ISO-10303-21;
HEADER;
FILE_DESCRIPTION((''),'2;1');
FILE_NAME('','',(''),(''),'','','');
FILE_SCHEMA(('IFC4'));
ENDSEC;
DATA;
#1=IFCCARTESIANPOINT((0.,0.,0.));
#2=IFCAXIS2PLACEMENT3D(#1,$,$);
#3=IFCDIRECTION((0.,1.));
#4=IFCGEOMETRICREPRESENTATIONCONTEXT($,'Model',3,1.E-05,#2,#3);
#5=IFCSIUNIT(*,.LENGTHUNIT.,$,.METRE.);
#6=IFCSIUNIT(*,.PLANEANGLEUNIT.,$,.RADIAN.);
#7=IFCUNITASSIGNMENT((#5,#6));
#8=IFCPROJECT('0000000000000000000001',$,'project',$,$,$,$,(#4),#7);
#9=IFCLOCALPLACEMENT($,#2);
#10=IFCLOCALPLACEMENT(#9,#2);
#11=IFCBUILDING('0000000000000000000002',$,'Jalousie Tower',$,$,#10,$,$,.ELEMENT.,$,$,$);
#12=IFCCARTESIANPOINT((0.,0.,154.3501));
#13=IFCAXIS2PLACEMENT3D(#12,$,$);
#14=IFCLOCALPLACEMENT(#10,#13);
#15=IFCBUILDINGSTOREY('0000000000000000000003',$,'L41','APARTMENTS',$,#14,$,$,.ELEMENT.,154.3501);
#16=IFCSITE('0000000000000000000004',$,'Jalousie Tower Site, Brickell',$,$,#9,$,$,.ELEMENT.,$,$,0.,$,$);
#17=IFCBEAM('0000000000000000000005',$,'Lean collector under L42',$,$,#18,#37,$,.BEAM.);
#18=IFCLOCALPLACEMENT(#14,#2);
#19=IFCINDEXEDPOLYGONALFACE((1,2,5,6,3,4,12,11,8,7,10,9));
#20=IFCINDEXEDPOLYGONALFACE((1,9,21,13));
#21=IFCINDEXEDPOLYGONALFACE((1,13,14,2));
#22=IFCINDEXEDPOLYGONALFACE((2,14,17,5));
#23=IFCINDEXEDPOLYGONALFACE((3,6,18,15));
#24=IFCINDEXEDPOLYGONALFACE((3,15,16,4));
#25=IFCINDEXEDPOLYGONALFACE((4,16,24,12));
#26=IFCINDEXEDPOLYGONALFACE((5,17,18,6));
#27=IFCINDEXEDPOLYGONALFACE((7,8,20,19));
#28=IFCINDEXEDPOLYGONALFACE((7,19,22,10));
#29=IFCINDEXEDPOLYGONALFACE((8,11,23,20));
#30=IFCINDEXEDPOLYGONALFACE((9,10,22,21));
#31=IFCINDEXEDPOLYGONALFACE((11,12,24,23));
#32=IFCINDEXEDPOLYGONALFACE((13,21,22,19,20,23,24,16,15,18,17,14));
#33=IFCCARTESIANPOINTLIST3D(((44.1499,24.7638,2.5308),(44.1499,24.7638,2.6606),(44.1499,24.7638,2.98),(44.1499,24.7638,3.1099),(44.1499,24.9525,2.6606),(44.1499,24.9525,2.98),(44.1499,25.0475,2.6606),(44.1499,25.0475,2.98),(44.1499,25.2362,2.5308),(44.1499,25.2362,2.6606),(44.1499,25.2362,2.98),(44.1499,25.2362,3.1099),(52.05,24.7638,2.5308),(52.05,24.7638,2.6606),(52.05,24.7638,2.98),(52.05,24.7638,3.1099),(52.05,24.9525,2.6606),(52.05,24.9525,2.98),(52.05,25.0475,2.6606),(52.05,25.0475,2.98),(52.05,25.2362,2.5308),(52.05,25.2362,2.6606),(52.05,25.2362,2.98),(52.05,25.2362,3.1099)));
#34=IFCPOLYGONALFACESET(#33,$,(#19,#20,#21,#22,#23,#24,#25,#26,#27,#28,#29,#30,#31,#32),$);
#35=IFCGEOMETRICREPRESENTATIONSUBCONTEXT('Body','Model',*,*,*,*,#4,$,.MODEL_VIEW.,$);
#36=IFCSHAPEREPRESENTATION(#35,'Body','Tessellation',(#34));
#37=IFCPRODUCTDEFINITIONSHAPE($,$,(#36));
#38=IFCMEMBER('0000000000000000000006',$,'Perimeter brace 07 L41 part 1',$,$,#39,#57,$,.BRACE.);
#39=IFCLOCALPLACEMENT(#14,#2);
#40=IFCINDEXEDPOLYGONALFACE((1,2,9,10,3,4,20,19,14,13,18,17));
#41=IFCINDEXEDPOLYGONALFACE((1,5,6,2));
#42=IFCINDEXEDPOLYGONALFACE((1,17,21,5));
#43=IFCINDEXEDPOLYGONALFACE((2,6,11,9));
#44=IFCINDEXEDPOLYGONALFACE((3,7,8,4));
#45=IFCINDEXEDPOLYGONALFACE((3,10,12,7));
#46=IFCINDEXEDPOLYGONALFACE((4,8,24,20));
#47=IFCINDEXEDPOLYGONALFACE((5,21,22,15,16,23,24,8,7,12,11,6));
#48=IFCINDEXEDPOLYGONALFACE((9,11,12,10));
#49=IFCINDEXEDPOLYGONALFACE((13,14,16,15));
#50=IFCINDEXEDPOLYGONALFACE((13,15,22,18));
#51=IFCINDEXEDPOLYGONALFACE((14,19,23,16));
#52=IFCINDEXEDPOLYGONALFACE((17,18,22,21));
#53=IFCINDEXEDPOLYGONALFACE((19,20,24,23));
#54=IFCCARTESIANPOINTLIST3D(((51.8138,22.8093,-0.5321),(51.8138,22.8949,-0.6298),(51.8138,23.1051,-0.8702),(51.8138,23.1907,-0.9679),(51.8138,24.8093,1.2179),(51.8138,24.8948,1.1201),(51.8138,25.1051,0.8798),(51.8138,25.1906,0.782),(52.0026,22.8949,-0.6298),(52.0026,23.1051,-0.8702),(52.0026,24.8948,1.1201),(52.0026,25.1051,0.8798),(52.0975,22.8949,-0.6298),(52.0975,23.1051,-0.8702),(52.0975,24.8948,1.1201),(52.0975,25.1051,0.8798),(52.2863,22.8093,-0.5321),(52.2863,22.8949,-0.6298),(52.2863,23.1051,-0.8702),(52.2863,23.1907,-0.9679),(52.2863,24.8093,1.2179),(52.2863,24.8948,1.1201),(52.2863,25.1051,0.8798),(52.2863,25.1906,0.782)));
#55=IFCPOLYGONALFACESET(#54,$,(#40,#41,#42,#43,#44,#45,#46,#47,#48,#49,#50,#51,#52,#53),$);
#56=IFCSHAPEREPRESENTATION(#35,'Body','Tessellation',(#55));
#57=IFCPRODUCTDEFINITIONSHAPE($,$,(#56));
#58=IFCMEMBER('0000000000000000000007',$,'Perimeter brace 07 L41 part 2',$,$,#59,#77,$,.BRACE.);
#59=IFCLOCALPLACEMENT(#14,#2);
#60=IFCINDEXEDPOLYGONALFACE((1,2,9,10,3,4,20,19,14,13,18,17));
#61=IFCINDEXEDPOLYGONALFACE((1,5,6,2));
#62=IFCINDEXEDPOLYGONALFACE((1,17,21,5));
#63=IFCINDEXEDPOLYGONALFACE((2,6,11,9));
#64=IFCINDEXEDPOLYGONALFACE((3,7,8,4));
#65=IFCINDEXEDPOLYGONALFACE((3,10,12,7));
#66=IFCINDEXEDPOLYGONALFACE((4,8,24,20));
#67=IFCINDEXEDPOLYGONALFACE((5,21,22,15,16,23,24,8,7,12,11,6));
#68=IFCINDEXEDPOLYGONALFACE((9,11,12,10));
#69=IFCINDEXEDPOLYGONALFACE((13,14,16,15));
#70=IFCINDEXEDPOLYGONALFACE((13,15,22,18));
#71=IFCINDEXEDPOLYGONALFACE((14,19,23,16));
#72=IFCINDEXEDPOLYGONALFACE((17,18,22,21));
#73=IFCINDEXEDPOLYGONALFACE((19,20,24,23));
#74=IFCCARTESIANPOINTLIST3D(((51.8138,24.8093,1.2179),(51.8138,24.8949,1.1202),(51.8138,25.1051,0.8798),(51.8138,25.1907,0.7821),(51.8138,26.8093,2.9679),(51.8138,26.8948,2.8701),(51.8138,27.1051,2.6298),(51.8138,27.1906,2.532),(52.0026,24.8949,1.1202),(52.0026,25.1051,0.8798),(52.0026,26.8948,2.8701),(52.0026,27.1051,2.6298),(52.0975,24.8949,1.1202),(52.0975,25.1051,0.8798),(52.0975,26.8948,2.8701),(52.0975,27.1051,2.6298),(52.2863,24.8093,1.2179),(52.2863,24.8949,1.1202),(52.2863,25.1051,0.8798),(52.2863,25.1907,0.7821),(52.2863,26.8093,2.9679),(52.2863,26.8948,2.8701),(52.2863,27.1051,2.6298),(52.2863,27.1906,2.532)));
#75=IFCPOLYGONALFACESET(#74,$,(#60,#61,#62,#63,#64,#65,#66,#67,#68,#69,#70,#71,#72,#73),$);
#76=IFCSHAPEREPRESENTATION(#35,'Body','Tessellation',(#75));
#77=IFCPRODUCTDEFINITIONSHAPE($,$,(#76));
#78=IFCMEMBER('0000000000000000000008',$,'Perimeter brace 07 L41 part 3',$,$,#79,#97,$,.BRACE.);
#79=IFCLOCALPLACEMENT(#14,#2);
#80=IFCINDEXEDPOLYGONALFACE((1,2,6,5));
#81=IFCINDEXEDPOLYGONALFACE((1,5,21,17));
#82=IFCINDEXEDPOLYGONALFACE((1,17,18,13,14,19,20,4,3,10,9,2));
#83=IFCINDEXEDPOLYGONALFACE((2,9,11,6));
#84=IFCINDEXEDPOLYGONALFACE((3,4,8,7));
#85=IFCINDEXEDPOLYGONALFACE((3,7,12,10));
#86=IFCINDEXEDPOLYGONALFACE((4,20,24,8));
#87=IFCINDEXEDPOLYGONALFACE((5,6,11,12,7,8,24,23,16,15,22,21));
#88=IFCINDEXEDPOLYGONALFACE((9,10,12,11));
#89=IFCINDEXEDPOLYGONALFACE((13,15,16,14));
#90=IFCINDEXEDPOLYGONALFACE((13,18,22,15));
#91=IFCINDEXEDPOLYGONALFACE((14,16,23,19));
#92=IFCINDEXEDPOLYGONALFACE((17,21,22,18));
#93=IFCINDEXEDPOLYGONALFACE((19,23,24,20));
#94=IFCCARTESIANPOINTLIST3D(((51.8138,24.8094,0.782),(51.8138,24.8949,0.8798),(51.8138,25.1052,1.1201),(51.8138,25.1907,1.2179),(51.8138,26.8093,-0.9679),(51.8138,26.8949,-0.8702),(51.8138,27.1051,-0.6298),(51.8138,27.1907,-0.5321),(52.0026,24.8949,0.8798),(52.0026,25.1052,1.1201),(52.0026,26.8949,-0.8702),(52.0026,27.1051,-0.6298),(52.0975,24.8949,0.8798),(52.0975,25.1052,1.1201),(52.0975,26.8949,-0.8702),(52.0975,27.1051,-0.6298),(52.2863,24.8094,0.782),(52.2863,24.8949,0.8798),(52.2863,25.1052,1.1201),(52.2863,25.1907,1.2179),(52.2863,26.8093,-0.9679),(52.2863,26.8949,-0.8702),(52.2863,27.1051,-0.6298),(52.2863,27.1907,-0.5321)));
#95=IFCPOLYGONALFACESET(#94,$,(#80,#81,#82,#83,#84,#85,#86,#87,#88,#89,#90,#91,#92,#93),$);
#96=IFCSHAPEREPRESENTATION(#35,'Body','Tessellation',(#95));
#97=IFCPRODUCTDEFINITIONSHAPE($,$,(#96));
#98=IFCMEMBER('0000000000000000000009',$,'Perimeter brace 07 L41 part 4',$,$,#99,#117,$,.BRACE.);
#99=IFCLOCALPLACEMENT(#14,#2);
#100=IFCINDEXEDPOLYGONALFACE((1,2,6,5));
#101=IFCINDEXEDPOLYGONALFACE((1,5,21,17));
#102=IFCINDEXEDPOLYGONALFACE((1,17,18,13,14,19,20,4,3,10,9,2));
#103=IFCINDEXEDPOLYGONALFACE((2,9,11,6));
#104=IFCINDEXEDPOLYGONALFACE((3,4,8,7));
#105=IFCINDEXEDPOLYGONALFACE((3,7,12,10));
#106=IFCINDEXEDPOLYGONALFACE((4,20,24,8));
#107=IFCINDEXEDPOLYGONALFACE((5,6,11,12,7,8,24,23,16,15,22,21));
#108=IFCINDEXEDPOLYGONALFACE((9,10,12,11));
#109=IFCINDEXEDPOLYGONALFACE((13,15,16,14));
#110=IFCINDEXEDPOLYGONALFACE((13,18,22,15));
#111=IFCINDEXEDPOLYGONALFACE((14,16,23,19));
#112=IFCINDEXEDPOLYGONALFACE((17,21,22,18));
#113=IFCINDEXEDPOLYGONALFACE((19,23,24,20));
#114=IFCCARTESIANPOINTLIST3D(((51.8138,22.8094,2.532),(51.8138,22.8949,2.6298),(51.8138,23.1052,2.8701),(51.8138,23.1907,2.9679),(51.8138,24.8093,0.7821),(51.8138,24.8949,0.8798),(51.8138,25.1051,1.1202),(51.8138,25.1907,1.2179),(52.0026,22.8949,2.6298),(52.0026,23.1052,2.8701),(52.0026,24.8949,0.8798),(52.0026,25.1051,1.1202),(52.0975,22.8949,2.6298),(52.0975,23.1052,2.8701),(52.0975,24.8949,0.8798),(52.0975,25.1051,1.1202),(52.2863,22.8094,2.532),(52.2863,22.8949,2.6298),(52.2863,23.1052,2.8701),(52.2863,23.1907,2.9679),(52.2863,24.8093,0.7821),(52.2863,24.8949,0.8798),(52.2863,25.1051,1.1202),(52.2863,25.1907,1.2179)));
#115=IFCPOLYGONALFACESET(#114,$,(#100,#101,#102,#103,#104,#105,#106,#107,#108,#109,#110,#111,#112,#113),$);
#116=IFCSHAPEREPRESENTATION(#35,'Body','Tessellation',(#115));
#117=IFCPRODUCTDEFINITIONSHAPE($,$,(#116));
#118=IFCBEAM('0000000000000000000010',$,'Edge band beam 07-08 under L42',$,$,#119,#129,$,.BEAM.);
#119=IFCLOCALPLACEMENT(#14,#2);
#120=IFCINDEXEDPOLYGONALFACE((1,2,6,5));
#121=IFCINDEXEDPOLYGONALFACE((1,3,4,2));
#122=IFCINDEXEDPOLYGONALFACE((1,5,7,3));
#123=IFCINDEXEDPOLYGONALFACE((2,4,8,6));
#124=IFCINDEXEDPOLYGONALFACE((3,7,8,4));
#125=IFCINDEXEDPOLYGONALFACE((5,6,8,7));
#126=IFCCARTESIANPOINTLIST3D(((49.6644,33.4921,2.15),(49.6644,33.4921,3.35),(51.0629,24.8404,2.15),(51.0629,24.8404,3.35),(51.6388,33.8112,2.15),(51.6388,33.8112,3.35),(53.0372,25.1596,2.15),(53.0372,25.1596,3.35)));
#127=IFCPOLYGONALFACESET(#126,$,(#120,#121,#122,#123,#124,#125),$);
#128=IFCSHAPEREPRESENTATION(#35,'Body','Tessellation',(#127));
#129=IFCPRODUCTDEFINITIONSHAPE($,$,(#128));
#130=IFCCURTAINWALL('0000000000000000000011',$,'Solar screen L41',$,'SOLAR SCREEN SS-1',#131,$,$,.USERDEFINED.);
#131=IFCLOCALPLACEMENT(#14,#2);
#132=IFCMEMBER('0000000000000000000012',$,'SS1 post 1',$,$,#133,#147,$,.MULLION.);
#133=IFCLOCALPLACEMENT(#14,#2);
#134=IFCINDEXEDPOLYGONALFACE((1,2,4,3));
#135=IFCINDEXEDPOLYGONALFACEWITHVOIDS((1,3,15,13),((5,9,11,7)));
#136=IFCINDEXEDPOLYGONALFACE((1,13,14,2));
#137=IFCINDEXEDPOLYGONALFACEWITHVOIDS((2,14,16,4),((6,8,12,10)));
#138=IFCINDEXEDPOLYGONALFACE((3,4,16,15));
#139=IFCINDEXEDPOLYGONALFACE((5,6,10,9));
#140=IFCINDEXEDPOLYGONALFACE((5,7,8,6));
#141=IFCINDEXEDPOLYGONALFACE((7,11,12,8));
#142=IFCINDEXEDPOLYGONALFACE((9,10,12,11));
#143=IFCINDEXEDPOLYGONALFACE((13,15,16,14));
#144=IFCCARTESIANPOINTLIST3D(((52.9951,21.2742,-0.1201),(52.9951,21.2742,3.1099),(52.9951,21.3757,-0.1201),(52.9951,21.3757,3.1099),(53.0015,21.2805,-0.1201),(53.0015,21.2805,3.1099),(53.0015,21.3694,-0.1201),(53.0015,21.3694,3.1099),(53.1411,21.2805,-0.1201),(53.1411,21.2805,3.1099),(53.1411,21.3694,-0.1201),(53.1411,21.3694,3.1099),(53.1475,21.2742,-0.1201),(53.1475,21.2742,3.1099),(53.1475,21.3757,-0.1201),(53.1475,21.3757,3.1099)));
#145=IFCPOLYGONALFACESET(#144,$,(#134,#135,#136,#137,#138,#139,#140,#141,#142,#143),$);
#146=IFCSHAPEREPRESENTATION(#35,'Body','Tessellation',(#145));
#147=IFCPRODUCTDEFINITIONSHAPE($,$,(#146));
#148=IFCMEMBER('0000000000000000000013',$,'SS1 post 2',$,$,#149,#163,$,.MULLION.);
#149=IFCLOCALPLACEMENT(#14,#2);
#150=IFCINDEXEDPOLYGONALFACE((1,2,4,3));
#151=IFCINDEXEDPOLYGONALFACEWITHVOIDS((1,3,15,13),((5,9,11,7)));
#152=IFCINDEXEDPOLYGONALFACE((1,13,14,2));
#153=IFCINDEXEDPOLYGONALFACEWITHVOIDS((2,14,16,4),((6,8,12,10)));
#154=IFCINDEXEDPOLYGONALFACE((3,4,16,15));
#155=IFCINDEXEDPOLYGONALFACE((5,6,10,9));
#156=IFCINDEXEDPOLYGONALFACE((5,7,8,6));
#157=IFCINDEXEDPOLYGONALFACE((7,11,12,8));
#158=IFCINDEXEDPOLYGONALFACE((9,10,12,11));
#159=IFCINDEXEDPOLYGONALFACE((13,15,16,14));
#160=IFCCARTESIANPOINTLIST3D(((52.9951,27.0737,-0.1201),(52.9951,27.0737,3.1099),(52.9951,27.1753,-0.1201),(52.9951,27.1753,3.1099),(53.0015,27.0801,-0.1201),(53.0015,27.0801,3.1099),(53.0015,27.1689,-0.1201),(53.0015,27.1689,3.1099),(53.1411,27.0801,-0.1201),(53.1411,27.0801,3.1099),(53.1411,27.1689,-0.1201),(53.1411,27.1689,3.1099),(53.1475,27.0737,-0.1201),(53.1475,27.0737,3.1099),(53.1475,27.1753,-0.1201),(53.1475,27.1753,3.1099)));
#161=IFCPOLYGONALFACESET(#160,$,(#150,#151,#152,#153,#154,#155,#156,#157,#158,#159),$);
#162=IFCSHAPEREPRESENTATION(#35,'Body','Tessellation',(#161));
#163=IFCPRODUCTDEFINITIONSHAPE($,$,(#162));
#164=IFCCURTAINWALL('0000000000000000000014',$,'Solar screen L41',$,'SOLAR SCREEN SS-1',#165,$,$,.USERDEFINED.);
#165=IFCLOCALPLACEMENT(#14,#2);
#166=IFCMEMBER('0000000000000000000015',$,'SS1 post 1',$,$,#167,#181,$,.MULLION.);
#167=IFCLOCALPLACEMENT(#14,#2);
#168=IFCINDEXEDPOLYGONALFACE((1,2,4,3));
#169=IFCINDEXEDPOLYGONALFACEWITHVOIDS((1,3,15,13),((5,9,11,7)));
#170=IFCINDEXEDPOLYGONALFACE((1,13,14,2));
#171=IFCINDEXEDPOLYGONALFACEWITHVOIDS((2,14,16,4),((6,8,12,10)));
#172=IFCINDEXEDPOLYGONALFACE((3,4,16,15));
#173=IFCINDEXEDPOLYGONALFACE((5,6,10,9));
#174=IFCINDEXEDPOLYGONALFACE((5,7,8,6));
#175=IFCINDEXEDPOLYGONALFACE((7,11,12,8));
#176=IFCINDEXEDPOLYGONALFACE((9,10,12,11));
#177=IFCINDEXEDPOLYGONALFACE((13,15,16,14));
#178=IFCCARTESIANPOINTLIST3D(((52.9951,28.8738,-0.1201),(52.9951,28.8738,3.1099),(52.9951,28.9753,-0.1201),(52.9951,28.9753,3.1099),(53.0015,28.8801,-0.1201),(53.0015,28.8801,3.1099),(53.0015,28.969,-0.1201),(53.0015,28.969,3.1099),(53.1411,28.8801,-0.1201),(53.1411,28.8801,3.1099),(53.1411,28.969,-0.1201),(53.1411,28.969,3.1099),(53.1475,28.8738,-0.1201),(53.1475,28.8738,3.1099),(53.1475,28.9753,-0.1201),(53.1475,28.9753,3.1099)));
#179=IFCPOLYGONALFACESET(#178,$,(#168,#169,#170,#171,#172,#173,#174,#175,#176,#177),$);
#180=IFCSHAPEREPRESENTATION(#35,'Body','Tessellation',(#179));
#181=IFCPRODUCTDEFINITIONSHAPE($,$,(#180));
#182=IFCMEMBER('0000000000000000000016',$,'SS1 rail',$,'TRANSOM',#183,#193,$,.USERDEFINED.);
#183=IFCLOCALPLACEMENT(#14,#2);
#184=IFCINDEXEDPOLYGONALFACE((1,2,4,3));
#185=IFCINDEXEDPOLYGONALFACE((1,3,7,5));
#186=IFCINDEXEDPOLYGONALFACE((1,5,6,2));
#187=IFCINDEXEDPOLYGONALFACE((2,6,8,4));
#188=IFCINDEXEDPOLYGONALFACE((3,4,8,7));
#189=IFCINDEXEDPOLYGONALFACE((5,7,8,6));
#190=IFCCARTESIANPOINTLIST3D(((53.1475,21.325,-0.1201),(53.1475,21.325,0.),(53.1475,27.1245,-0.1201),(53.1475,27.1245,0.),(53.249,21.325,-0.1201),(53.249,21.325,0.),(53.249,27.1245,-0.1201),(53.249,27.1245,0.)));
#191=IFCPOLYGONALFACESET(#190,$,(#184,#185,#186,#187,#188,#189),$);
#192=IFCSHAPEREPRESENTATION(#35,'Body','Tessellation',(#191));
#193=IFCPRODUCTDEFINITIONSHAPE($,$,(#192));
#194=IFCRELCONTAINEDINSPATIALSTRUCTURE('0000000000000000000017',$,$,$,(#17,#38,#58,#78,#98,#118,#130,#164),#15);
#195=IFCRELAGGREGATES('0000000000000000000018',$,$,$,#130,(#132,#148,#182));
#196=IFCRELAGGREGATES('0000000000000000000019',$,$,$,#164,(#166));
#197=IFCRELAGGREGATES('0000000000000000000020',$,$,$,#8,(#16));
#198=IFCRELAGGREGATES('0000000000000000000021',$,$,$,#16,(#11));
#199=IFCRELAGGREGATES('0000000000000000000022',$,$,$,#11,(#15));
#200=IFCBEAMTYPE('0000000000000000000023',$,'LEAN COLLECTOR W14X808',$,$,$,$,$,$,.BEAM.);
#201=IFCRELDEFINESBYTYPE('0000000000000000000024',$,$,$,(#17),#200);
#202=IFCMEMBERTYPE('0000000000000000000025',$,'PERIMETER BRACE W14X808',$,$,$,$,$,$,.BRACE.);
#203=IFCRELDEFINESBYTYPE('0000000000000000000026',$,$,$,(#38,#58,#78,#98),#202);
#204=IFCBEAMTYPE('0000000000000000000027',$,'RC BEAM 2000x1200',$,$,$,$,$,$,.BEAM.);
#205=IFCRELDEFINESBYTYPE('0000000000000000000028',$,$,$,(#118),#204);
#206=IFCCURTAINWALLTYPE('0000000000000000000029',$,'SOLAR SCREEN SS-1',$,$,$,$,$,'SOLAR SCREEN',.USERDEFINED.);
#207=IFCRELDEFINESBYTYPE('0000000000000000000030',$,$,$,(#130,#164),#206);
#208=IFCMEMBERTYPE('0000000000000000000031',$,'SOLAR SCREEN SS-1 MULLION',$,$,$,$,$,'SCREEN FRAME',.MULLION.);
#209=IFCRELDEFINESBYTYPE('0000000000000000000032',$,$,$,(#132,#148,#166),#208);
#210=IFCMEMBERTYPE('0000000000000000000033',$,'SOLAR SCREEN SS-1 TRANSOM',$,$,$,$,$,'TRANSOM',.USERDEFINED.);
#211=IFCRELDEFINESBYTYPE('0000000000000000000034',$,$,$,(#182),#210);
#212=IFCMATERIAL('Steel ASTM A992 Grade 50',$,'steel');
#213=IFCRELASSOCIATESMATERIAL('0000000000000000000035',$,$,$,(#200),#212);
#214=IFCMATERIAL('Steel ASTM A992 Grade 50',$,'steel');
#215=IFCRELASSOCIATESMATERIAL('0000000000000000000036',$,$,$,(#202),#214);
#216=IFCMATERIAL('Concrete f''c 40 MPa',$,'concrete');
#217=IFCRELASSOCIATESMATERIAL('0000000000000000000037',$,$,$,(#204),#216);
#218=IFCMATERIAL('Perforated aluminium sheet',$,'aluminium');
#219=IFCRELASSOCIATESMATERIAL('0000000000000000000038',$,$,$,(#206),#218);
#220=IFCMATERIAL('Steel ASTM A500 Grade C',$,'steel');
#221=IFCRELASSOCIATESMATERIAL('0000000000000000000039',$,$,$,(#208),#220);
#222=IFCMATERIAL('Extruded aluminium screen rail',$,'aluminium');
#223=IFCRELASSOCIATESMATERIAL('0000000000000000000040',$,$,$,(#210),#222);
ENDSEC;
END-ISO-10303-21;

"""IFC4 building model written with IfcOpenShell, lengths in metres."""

from ifc_helpers import new_model, si_unit, direction, frame, origin, origin_2d, place, context, subcontext, project, spatial, rectangle, hollow_rectangle, i_section, extrude, material, material_profile, profile_set, type_object, element, aggregate, save


model = new_model("IFC4")

# Units and contexts
model_context = context("Model", 3, precision=1e-05, world=origin(), true_north=direction((0.0, 1.0)))
body_context = subcontext(model_context, "Body", "Model", "MODEL_VIEW")
ifc_project = project(units=[si_unit("LENGTHUNIT", "METRE"), si_unit("PLANEANGLEUNIT", "RADIAN")], contexts=[model_context])

# Site, building, storey
site_placement = place(None, origin())
site = spatial("IfcSite", under=ifc_project, at=site_placement, Name="Jalousie Tower Site, Brickell", CompositionType="ELEMENT", RefElevation=0.0)
building_placement = place(site_placement, origin())
building = spatial("IfcBuilding", under=site, at=building_placement, Name="Jalousie Tower", CompositionType="ELEMENT")
storey_placement = place(building_placement, frame((0.0, 0.0, 154.3501)))
storey = spatial("IfcBuildingStorey", under=building, at=storey_placement, Name="L41", Description="APARTMENTS", CompositionType="ELEMENT", Elevation=154.3501)

# Beam
ifc_material_1 = material(Name="Steel ASTM A992 Grade 50", Category="steel")
ifc_material_profile_1 = material_profile(ifc_material_1, i_section(OverallWidth=0.4724, OverallDepth=0.5791, WebThickness=0.095, FlangeThickness=0.1299, at=origin_2d()), Name="W14X808")
ifc_profile_set_1 = profile_set([ifc_material_profile_1], Name="Steel ASTM A992 Grade 50")
beam_type_1 = type_object("IfcBeamType", Name="LEAN COLLECTOR W14X808", PredefinedType="BEAM", material=ifc_profile_set_1)
beam_1_placement = place(storey_placement, frame((52.05, 25.0, 2.8203), z_axis=(-1.0, 0.0, 0.0), x_axis=(0.0, -1.0, 0.0)))
element("IfcBeam", 1, at=beam_1_placement, inside=storey, type_object=beam_type_1, Name="Lean collector under L42", PredefinedType="BEAM", context=body_context, shape_type="SweptSolid", body=[
    extrude(i_section(OverallWidth=0.4724, OverallDepth=0.5791, WebThickness=0.095, FlangeThickness=0.1299, at=origin_2d()), origin(), (0.0, 0.0, 1.0), 7.9001),
])

# Members
ifc_material_2 = material(Name="Steel ASTM A992 Grade 50", Category="steel")
ifc_material_profile_2 = material_profile(ifc_material_2, i_section(OverallWidth=0.4724, OverallDepth=0.5791, WebThickness=0.095, FlangeThickness=0.1299, at=origin_2d()), Name="W14X808")
ifc_profile_set_2 = profile_set([ifc_material_profile_2], Name="Steel ASTM A992 Grade 50")
member_type_1 = type_object("IfcMemberType", Name="PERIMETER BRACE W14X808", PredefinedType="BRACE", material=ifc_profile_set_2)
for number, where, z_axis, x_axis, name in (
    (2, (52.05, 23.0, -0.75), (0.0, 0.752577, 0.658505), (-1.0, 0.0, 0.0), "Perimeter brace 07 L41 part 1"),
    (3, (52.05, 25.0, 1.0), (0.0, 0.752577, 0.658505), (-1.0, 0.0, 0.0), "Perimeter brace 07 L41 part 2"),
    (4, (52.05, 27.0, -0.75), (0.0, -0.752577, 0.658505), (1.0, 0.0, 0.0), "Perimeter brace 07 L41 part 3"),
    (5, (52.05, 25.0, 1.0), (0.0, -0.752577, 0.658505), (1.0, 0.0, 0.0), "Perimeter brace 07 L41 part 4"),
):
    element("IfcMember", number, at=place(storey_placement, frame(where, z_axis=z_axis, x_axis=x_axis)), inside=storey, type_object=member_type_1, Name=name, PredefinedType="BRACE", context=body_context, shape_type="SweptSolid", body=[
        extrude(i_section(OverallWidth=0.4724, OverallDepth=0.5791, WebThickness=0.095, FlangeThickness=0.1299, at=origin_2d()), origin(), (0.0, 0.0, 1.0), 2.6575),
    ])

# Beam
ifc_material_3 = material(Name="Concrete f'c 40 MPa", Category="concrete")
ifc_material_profile_3 = material_profile(ifc_material_3, rectangle(XDim=2.0, YDim=1.2, at=origin_2d()), Name="RC 2000x1200")
ifc_profile_set_3 = profile_set([ifc_material_profile_3], Name="Concrete f'c 40 MPa")
beam_type_2 = type_object("IfcBeamType", Name="RC BEAM 2000x1200", PredefinedType="BEAM", material=ifc_profile_set_3)
beam_2_placement = place(storey_placement, frame((52.05, 25.0, 2.75), z_axis=(-0.159568, 0.987187, 0.0), x_axis=(-0.987187, -0.159568, 0.0)))
element("IfcBeam", 6, at=beam_2_placement, inside=storey, type_object=beam_type_2, Name="Edge band beam 07-08 under L42", PredefinedType="BEAM", context=body_context, shape_type="SweptSolid", body=[
    extrude(rectangle(XDim=2.0, YDim=1.2, at=origin_2d()), origin(), (0.0, 0.0, 1.0), 8.7639),
])

# Curtain wall, members
ifc_material_4 = material(Name="Perforated aluminium sheet", Category="aluminium")
curtain_wall_type = type_object("IfcCurtainWallType", Name="SOLAR SCREEN SS-1", ElementType="SOLAR SCREEN", PredefinedType="USERDEFINED", material=ifc_material_4)
curtain_wall_1_placement = place(storey_placement, origin())
curtain_wall_1 = element("IfcCurtainWall", 7, at=curtain_wall_1_placement, inside=storey, type_object=curtain_wall_type, Name="Solar screen L41", ObjectType="SOLAR SCREEN SS-1", PredefinedType="USERDEFINED")
ifc_material_5 = material(Name="Steel ASTM A500 Grade C", Category="steel")
ifc_material_profile_4 = material_profile(ifc_material_5, hollow_rectangle(XDim=0.1016, YDim=0.1523, WallThickness=0.0063, at=origin_2d()), Name="HSS6X4X1/4")
ifc_profile_set_4 = profile_set([ifc_material_profile_4], Name="Steel ASTM A500 Grade C")
member_type_2 = type_object("IfcMemberType", Name="SOLAR SCREEN SS-1 MULLION", ElementType="SCREEN FRAME", PredefinedType="MULLION", material=ifc_profile_set_4)
member_1_placement = place(storey_placement, frame((53.0713, 21.325, -0.1201), z_axis=(0.0, 0.0, 1.0), x_axis=(0.0, 1.0, 0.0)))
member_1 = element("IfcMember", 8, at=member_1_placement, type_object=member_type_2, Name="SS1 post 1", PredefinedType="MULLION", context=body_context, shape_type="SweptSolid", body=[
    extrude(hollow_rectangle(XDim=0.1016, YDim=0.1523, WallThickness=0.0063, at=origin_2d()), origin(), (0.0, 0.0, 1.0), 3.23),
])
member_2_placement = place(storey_placement, frame((53.0713, 27.1245, -0.1201), z_axis=(0.0, 0.0, 1.0), x_axis=(0.0, 1.0, 0.0)))
member_2 = element("IfcMember", 9, at=member_2_placement, type_object=member_type_2, Name="SS1 post 2", PredefinedType="MULLION", context=body_context, shape_type="SweptSolid", body=[
    extrude(hollow_rectangle(XDim=0.1016, YDim=0.1523, WallThickness=0.0063, at=origin_2d()), origin(), (0.0, 0.0, 1.0), 3.23),
])

# Curtain wall, member
curtain_wall_2_placement = place(storey_placement, origin())
curtain_wall_2 = element("IfcCurtainWall", 10, at=curtain_wall_2_placement, inside=storey, type_object=curtain_wall_type, Name="Solar screen L41", ObjectType="SOLAR SCREEN SS-1", PredefinedType="USERDEFINED")
member_3_placement = place(storey_placement, frame((53.0713, 28.9246, -0.1201), z_axis=(0.0, 0.0, 1.0), x_axis=(0.0, 1.0, 0.0)))
member_3 = element("IfcMember", 11, at=member_3_placement, type_object=member_type_2, Name="SS1 post 1", PredefinedType="MULLION", context=body_context, shape_type="SweptSolid", body=[
    extrude(hollow_rectangle(XDim=0.1016, YDim=0.1523, WallThickness=0.0063, at=origin_2d()), origin(), (0.0, 0.0, 1.0), 3.23),
])

# Member
ifc_material_6 = material(Name="Extruded aluminium screen rail", Category="aluminium")
ifc_material_profile_5 = material_profile(ifc_material_6, rectangle(XDim=0.1016, YDim=0.1201, at=origin_2d()), Name="RAIL 102x120")
ifc_profile_set_5 = profile_set([ifc_material_profile_5], Name="Extruded aluminium screen rail")
member_type_3 = type_object("IfcMemberType", Name="SOLAR SCREEN SS-1 TRANSOM", ElementType="TRANSOM", PredefinedType="USERDEFINED", material=ifc_profile_set_5)
member_4_placement = place(storey_placement, frame((53.1982, 21.325, -0.0601), z_axis=(0.0, 1.0, 0.0), x_axis=(-1.0, 0.0, 0.0)))
member_4 = element("IfcMember", 12, at=member_4_placement, type_object=member_type_3, Name="SS1 rail", ObjectType="TRANSOM", PredefinedType="USERDEFINED", context=body_context, shape_type="SweptSolid", body=[
    extrude(rectangle(XDim=0.1016, YDim=0.1201, at=origin_2d()), origin(), (0.0, 0.0, 1.0), 5.7996),
])

aggregate(curtain_wall_1, [member_1, member_2, member_4])
aggregate(curtain_wall_2, [member_3])

save(model, "model.ifc")
